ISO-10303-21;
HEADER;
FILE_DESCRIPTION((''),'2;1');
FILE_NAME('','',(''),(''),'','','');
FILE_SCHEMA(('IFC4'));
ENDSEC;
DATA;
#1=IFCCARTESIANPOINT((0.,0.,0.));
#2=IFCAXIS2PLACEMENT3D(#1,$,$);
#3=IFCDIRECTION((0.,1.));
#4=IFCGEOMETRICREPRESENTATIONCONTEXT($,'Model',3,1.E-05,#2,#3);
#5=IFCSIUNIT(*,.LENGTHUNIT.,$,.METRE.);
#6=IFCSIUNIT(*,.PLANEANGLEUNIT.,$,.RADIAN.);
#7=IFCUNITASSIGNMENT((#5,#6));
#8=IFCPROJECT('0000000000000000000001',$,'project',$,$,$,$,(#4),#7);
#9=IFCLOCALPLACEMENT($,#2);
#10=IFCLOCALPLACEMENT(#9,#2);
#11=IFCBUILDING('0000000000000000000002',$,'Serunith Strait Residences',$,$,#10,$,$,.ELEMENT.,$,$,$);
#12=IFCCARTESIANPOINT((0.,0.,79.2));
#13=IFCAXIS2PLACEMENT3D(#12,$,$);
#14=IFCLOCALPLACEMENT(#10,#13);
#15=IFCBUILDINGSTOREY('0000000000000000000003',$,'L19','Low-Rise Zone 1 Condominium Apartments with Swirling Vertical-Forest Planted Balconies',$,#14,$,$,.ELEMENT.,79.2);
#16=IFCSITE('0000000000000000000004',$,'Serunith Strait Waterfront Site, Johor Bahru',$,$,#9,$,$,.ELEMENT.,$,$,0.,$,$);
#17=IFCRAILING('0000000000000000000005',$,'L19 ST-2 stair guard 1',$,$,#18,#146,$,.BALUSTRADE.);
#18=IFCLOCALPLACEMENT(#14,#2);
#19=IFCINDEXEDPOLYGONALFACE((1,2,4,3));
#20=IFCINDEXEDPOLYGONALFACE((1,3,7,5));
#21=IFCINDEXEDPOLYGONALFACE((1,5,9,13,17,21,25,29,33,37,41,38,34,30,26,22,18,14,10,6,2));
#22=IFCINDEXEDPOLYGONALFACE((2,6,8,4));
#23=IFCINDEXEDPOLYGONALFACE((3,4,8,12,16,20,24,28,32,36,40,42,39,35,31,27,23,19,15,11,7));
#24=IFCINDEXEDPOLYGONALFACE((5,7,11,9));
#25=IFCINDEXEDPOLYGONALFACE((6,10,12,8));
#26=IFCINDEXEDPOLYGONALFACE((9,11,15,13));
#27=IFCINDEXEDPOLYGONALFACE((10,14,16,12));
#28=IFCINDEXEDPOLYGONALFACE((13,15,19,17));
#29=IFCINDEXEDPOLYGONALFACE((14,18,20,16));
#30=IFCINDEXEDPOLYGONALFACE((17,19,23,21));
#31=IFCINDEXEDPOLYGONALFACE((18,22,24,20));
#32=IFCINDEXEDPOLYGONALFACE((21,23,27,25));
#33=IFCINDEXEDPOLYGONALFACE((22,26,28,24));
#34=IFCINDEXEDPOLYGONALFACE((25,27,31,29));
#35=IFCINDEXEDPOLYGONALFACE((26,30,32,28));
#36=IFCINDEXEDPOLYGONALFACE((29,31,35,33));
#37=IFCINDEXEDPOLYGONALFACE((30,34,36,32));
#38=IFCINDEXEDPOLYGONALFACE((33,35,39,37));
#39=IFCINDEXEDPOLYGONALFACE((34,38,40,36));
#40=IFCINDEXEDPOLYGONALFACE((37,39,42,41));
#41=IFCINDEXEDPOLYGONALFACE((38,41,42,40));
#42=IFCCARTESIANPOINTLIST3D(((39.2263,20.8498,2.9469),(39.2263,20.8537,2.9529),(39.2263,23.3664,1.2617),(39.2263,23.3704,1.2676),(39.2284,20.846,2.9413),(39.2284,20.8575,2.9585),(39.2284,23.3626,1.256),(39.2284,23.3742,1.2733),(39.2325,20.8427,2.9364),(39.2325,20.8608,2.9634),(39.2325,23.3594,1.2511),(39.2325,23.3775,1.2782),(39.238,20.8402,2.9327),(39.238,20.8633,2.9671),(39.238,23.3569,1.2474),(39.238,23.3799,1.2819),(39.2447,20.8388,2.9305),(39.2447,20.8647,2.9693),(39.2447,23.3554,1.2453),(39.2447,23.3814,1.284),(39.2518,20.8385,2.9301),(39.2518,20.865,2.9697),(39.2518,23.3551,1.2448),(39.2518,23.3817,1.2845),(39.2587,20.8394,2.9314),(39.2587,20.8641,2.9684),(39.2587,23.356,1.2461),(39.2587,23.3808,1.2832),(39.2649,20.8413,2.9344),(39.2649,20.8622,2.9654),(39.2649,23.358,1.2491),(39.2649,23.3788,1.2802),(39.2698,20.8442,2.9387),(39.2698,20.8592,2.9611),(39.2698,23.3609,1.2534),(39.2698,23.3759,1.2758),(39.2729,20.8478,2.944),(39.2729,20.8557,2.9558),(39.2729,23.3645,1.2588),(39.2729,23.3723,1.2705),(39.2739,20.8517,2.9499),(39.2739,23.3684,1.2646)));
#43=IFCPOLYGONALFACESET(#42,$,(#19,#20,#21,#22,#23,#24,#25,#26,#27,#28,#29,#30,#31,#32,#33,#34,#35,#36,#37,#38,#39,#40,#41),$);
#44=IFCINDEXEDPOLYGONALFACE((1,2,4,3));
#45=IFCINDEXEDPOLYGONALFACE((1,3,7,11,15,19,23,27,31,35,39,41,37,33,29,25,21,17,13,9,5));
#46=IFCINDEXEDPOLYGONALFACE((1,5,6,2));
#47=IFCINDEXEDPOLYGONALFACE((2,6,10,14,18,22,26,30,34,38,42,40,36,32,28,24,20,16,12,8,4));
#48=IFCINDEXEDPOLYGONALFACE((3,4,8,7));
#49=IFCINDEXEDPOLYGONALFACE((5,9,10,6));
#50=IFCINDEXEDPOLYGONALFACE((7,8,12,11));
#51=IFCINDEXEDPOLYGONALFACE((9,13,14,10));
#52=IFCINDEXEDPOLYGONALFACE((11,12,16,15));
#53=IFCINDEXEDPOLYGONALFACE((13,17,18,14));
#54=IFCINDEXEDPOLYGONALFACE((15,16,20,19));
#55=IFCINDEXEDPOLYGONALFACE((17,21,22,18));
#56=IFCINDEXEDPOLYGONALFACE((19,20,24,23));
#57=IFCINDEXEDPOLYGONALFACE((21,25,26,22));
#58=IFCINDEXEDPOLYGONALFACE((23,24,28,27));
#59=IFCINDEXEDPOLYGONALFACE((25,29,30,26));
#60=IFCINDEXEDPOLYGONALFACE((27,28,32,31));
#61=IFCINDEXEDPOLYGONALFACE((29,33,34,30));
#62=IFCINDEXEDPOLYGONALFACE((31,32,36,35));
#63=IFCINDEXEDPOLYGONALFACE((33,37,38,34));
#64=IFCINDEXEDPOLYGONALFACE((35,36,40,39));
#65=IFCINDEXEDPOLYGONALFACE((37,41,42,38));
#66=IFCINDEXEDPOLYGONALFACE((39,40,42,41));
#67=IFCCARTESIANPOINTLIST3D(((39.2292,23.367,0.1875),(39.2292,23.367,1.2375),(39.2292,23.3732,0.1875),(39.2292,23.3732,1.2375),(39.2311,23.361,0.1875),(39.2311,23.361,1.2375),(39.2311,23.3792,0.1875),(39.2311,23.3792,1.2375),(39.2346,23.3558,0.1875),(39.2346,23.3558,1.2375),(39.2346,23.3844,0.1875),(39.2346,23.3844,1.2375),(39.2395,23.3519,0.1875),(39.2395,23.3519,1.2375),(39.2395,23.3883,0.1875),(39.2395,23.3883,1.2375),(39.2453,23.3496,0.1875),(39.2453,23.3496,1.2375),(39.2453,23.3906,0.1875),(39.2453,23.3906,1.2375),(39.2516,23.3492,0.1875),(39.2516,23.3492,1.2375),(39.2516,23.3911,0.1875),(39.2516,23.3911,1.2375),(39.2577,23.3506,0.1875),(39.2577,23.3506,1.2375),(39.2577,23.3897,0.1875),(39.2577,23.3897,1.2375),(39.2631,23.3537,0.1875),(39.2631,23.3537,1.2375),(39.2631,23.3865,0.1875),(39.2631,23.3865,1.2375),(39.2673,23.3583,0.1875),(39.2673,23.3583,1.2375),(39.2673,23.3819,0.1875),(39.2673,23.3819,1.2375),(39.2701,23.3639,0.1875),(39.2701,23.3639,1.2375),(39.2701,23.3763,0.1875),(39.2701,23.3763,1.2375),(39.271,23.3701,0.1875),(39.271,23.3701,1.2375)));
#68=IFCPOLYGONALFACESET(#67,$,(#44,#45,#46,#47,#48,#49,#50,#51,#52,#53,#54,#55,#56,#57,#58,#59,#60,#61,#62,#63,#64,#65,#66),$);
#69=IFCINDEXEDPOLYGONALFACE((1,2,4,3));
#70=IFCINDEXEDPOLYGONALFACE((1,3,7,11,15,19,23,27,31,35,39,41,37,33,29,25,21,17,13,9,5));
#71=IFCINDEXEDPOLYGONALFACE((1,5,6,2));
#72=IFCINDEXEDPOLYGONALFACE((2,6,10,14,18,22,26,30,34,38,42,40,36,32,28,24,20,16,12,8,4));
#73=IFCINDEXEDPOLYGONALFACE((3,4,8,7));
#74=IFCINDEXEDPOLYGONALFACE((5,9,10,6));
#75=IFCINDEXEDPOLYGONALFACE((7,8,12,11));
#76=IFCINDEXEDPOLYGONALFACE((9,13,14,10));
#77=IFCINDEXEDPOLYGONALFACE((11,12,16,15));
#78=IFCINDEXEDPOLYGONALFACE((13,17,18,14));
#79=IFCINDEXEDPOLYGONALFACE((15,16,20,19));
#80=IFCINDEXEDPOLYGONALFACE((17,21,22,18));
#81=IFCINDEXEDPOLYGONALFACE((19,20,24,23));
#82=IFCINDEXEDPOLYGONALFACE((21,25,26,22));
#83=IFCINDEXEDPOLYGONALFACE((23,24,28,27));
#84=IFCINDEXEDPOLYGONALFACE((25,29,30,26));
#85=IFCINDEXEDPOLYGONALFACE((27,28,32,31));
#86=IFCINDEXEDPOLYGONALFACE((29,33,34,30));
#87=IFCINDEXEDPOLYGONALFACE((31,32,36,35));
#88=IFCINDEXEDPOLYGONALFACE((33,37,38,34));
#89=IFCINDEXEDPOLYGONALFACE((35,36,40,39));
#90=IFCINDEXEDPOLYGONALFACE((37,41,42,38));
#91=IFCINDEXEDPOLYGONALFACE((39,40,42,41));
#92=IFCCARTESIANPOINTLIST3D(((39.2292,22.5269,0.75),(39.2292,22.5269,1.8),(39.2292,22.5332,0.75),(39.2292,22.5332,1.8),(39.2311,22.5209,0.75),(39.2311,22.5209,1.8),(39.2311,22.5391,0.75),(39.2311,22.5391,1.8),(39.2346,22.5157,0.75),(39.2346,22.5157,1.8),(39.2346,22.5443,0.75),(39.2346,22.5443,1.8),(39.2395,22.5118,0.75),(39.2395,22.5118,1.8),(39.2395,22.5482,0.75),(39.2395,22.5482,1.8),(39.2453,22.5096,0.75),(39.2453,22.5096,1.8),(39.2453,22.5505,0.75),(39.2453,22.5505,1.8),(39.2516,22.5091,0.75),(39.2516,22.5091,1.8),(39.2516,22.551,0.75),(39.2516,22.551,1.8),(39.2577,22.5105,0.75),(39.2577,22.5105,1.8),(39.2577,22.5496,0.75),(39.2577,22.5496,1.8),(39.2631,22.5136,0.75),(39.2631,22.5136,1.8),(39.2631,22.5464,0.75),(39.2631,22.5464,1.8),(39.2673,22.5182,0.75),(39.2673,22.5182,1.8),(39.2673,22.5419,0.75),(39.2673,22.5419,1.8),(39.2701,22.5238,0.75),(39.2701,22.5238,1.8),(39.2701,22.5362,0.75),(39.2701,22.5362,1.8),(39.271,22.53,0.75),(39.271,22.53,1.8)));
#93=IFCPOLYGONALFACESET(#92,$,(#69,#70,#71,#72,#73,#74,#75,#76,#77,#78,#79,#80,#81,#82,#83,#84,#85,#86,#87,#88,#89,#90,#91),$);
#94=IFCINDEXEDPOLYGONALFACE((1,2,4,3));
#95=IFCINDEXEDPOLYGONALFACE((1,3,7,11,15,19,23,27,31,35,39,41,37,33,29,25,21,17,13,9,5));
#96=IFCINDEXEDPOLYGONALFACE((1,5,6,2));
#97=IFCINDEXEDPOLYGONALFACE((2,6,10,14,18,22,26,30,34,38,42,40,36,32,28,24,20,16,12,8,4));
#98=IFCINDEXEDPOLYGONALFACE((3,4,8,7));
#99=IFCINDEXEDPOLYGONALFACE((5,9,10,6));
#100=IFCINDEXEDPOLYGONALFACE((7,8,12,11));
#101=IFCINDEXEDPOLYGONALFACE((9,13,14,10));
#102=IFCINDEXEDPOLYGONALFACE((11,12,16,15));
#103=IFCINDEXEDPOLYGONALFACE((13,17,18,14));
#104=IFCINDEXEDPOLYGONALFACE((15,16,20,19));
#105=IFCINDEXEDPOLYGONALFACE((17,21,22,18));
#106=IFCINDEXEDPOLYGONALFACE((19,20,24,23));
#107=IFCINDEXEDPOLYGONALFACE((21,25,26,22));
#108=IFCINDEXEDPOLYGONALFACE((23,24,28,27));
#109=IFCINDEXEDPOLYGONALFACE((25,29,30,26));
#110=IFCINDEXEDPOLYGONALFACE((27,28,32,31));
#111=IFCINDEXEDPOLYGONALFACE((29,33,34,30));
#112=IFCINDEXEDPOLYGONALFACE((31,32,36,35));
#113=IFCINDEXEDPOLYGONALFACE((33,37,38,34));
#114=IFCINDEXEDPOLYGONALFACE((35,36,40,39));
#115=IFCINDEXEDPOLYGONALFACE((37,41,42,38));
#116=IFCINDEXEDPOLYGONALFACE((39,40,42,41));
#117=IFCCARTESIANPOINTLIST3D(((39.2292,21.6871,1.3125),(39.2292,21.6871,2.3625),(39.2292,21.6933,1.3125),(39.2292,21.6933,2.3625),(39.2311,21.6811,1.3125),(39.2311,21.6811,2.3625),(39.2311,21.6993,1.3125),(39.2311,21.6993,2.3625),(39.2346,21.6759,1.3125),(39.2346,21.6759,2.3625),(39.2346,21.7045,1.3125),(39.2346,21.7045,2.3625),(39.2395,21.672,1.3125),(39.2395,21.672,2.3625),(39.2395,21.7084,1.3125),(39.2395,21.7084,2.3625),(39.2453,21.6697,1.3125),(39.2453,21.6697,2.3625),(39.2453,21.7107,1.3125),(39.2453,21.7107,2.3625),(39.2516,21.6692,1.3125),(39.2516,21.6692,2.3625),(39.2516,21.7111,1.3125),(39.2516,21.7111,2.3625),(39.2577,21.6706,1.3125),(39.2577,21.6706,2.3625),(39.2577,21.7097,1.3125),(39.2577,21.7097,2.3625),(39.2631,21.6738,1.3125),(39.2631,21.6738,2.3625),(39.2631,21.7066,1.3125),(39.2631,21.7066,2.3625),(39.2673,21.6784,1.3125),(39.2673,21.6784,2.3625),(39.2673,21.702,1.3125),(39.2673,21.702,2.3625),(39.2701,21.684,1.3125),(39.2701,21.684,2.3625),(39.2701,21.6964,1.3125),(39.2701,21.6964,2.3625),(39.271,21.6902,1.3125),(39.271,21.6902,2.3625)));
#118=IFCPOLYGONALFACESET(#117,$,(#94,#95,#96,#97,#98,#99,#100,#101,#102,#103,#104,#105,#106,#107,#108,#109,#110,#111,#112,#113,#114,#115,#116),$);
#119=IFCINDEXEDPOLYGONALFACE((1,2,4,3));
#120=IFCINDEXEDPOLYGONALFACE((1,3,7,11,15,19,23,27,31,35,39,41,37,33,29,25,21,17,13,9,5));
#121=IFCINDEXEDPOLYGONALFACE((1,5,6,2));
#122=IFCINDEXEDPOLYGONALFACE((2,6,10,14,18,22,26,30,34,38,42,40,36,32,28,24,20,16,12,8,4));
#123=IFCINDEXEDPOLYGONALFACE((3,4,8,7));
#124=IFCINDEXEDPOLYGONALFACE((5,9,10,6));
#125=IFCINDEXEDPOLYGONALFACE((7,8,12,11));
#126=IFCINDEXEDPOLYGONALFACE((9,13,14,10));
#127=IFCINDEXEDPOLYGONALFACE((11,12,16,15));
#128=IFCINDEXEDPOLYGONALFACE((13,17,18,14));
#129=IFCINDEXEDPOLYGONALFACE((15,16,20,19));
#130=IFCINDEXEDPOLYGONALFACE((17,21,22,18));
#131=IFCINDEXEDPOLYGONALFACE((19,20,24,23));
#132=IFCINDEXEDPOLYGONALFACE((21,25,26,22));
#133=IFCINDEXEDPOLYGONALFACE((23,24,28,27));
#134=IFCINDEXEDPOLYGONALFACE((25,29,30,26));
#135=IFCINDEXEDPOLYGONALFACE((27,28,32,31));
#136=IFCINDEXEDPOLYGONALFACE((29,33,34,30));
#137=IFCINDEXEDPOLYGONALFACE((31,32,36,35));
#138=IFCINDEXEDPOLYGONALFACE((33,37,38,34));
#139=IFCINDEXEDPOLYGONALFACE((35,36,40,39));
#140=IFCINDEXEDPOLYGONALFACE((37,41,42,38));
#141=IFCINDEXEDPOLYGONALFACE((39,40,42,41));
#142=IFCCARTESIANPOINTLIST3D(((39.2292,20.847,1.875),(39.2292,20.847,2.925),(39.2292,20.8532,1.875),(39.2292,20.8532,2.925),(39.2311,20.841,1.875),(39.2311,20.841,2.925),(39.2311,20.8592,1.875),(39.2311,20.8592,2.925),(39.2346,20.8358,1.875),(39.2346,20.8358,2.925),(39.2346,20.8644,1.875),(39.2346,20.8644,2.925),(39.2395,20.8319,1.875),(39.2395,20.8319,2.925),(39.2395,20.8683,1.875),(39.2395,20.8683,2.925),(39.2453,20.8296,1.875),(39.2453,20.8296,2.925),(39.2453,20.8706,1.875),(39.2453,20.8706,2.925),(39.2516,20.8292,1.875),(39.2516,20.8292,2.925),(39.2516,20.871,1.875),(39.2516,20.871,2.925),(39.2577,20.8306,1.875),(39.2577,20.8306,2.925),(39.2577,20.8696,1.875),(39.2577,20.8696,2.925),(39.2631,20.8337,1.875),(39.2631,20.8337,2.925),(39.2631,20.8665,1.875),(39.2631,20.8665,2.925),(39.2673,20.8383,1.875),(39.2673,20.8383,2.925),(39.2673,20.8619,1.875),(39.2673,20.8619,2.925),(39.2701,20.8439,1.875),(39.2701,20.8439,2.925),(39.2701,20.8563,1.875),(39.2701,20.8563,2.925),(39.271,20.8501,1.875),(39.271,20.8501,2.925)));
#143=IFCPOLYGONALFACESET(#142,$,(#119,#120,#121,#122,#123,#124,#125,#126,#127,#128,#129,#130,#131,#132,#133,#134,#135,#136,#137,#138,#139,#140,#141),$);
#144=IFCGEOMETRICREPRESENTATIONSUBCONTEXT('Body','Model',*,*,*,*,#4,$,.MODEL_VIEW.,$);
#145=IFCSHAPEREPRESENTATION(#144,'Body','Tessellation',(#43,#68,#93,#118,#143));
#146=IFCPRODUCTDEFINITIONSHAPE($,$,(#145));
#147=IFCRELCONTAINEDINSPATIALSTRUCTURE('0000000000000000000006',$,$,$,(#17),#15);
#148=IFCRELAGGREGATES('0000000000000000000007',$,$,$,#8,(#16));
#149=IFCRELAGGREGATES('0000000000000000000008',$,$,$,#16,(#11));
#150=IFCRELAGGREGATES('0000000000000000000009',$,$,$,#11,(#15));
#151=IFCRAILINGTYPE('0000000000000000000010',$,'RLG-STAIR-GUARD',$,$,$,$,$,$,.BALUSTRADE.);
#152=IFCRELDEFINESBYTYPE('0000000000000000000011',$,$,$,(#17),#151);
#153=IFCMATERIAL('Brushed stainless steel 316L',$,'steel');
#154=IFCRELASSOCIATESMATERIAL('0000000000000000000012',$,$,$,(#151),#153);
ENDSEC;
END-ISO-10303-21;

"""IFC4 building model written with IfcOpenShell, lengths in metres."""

from ifc_helpers import new_model, si_unit, direction, frame, origin, origin_2d, place, context, subcontext, project, spatial, circle, extrude, material, type_object, element, save


model = new_model("IFC4")

# Units and contexts
model_context = context("Model", 3, precision=1e-05, world=origin(), true_north=direction((0.0, 1.0)))
body_context = subcontext(model_context, "Body", "Model", "MODEL_VIEW")
ifc_project = project(units=[si_unit("LENGTHUNIT", "METRE"), si_unit("PLANEANGLEUNIT", "RADIAN")], contexts=[model_context])

# Site, building, storey
site_placement = place(None, origin())
site = spatial("IfcSite", under=ifc_project, at=site_placement, Name="Serunith Strait Waterfront Site, Johor Bahru", CompositionType="ELEMENT", RefElevation=0.0)
building_placement = place(site_placement, origin())
building = spatial("IfcBuilding", under=site, at=building_placement, Name="Serunith Strait Residences", CompositionType="ELEMENT")
storey_placement = place(building_placement, frame((0.0, 0.0, 79.2)))
storey = spatial("IfcBuildingStorey", under=building, at=storey_placement, Name="L19", Description="Low-Rise Zone 1 Condominium Apartments with Swirling Vertical-Forest Planted Balconies", CompositionType="ELEMENT", Elevation=79.2)

# Railing
ifc_material_1 = material(Name="Brushed stainless steel 316L", Category="steel")
railing_type_1 = type_object("IfcRailingType", Name="RLG-STAIR-GUARD", PredefinedType="BALUSTRADE", material=ifc_material_1)
railing_1_placement = place(storey_placement, frame((39.25, 23.3701, 0.1875)))
element("IfcRailing", 1, at=railing_1_placement, inside=storey, type_object=railing_type_1, Name="L19 ST-2 stair guard 1", PredefinedType="BALUSTRADE", context=body_context, shape_type="SweptSolid", body=[
    extrude(circle(Radius=0.0239, at=origin_2d()), frame((0.0, -0.0017, 1.0771), z_axis=(0.0, -0.830909, 0.556408), x_axis=(1.0, 0.0, 0.0)), (0.0, 0.0, 1.0), 3.0288),
    extrude(circle(Radius=0.021, at=origin_2d()), origin(), (0.0, 0.0, 1.0), 1.05),
    extrude(circle(Radius=0.021, at=origin_2d()), frame((0.0, -0.8401, 0.5625)), (0.0, 0.0, 1.0), 1.05),
    extrude(circle(Radius=0.021, at=origin_2d()), frame((0.0, -1.6799, 1.125)), (0.0, 0.0, 1.0), 1.05),
    extrude(circle(Radius=0.021, at=origin_2d()), frame((0.0, -2.52, 1.6875)), (0.0, 0.0, 1.0), 1.05),
])

save(model, "model.ifc")
